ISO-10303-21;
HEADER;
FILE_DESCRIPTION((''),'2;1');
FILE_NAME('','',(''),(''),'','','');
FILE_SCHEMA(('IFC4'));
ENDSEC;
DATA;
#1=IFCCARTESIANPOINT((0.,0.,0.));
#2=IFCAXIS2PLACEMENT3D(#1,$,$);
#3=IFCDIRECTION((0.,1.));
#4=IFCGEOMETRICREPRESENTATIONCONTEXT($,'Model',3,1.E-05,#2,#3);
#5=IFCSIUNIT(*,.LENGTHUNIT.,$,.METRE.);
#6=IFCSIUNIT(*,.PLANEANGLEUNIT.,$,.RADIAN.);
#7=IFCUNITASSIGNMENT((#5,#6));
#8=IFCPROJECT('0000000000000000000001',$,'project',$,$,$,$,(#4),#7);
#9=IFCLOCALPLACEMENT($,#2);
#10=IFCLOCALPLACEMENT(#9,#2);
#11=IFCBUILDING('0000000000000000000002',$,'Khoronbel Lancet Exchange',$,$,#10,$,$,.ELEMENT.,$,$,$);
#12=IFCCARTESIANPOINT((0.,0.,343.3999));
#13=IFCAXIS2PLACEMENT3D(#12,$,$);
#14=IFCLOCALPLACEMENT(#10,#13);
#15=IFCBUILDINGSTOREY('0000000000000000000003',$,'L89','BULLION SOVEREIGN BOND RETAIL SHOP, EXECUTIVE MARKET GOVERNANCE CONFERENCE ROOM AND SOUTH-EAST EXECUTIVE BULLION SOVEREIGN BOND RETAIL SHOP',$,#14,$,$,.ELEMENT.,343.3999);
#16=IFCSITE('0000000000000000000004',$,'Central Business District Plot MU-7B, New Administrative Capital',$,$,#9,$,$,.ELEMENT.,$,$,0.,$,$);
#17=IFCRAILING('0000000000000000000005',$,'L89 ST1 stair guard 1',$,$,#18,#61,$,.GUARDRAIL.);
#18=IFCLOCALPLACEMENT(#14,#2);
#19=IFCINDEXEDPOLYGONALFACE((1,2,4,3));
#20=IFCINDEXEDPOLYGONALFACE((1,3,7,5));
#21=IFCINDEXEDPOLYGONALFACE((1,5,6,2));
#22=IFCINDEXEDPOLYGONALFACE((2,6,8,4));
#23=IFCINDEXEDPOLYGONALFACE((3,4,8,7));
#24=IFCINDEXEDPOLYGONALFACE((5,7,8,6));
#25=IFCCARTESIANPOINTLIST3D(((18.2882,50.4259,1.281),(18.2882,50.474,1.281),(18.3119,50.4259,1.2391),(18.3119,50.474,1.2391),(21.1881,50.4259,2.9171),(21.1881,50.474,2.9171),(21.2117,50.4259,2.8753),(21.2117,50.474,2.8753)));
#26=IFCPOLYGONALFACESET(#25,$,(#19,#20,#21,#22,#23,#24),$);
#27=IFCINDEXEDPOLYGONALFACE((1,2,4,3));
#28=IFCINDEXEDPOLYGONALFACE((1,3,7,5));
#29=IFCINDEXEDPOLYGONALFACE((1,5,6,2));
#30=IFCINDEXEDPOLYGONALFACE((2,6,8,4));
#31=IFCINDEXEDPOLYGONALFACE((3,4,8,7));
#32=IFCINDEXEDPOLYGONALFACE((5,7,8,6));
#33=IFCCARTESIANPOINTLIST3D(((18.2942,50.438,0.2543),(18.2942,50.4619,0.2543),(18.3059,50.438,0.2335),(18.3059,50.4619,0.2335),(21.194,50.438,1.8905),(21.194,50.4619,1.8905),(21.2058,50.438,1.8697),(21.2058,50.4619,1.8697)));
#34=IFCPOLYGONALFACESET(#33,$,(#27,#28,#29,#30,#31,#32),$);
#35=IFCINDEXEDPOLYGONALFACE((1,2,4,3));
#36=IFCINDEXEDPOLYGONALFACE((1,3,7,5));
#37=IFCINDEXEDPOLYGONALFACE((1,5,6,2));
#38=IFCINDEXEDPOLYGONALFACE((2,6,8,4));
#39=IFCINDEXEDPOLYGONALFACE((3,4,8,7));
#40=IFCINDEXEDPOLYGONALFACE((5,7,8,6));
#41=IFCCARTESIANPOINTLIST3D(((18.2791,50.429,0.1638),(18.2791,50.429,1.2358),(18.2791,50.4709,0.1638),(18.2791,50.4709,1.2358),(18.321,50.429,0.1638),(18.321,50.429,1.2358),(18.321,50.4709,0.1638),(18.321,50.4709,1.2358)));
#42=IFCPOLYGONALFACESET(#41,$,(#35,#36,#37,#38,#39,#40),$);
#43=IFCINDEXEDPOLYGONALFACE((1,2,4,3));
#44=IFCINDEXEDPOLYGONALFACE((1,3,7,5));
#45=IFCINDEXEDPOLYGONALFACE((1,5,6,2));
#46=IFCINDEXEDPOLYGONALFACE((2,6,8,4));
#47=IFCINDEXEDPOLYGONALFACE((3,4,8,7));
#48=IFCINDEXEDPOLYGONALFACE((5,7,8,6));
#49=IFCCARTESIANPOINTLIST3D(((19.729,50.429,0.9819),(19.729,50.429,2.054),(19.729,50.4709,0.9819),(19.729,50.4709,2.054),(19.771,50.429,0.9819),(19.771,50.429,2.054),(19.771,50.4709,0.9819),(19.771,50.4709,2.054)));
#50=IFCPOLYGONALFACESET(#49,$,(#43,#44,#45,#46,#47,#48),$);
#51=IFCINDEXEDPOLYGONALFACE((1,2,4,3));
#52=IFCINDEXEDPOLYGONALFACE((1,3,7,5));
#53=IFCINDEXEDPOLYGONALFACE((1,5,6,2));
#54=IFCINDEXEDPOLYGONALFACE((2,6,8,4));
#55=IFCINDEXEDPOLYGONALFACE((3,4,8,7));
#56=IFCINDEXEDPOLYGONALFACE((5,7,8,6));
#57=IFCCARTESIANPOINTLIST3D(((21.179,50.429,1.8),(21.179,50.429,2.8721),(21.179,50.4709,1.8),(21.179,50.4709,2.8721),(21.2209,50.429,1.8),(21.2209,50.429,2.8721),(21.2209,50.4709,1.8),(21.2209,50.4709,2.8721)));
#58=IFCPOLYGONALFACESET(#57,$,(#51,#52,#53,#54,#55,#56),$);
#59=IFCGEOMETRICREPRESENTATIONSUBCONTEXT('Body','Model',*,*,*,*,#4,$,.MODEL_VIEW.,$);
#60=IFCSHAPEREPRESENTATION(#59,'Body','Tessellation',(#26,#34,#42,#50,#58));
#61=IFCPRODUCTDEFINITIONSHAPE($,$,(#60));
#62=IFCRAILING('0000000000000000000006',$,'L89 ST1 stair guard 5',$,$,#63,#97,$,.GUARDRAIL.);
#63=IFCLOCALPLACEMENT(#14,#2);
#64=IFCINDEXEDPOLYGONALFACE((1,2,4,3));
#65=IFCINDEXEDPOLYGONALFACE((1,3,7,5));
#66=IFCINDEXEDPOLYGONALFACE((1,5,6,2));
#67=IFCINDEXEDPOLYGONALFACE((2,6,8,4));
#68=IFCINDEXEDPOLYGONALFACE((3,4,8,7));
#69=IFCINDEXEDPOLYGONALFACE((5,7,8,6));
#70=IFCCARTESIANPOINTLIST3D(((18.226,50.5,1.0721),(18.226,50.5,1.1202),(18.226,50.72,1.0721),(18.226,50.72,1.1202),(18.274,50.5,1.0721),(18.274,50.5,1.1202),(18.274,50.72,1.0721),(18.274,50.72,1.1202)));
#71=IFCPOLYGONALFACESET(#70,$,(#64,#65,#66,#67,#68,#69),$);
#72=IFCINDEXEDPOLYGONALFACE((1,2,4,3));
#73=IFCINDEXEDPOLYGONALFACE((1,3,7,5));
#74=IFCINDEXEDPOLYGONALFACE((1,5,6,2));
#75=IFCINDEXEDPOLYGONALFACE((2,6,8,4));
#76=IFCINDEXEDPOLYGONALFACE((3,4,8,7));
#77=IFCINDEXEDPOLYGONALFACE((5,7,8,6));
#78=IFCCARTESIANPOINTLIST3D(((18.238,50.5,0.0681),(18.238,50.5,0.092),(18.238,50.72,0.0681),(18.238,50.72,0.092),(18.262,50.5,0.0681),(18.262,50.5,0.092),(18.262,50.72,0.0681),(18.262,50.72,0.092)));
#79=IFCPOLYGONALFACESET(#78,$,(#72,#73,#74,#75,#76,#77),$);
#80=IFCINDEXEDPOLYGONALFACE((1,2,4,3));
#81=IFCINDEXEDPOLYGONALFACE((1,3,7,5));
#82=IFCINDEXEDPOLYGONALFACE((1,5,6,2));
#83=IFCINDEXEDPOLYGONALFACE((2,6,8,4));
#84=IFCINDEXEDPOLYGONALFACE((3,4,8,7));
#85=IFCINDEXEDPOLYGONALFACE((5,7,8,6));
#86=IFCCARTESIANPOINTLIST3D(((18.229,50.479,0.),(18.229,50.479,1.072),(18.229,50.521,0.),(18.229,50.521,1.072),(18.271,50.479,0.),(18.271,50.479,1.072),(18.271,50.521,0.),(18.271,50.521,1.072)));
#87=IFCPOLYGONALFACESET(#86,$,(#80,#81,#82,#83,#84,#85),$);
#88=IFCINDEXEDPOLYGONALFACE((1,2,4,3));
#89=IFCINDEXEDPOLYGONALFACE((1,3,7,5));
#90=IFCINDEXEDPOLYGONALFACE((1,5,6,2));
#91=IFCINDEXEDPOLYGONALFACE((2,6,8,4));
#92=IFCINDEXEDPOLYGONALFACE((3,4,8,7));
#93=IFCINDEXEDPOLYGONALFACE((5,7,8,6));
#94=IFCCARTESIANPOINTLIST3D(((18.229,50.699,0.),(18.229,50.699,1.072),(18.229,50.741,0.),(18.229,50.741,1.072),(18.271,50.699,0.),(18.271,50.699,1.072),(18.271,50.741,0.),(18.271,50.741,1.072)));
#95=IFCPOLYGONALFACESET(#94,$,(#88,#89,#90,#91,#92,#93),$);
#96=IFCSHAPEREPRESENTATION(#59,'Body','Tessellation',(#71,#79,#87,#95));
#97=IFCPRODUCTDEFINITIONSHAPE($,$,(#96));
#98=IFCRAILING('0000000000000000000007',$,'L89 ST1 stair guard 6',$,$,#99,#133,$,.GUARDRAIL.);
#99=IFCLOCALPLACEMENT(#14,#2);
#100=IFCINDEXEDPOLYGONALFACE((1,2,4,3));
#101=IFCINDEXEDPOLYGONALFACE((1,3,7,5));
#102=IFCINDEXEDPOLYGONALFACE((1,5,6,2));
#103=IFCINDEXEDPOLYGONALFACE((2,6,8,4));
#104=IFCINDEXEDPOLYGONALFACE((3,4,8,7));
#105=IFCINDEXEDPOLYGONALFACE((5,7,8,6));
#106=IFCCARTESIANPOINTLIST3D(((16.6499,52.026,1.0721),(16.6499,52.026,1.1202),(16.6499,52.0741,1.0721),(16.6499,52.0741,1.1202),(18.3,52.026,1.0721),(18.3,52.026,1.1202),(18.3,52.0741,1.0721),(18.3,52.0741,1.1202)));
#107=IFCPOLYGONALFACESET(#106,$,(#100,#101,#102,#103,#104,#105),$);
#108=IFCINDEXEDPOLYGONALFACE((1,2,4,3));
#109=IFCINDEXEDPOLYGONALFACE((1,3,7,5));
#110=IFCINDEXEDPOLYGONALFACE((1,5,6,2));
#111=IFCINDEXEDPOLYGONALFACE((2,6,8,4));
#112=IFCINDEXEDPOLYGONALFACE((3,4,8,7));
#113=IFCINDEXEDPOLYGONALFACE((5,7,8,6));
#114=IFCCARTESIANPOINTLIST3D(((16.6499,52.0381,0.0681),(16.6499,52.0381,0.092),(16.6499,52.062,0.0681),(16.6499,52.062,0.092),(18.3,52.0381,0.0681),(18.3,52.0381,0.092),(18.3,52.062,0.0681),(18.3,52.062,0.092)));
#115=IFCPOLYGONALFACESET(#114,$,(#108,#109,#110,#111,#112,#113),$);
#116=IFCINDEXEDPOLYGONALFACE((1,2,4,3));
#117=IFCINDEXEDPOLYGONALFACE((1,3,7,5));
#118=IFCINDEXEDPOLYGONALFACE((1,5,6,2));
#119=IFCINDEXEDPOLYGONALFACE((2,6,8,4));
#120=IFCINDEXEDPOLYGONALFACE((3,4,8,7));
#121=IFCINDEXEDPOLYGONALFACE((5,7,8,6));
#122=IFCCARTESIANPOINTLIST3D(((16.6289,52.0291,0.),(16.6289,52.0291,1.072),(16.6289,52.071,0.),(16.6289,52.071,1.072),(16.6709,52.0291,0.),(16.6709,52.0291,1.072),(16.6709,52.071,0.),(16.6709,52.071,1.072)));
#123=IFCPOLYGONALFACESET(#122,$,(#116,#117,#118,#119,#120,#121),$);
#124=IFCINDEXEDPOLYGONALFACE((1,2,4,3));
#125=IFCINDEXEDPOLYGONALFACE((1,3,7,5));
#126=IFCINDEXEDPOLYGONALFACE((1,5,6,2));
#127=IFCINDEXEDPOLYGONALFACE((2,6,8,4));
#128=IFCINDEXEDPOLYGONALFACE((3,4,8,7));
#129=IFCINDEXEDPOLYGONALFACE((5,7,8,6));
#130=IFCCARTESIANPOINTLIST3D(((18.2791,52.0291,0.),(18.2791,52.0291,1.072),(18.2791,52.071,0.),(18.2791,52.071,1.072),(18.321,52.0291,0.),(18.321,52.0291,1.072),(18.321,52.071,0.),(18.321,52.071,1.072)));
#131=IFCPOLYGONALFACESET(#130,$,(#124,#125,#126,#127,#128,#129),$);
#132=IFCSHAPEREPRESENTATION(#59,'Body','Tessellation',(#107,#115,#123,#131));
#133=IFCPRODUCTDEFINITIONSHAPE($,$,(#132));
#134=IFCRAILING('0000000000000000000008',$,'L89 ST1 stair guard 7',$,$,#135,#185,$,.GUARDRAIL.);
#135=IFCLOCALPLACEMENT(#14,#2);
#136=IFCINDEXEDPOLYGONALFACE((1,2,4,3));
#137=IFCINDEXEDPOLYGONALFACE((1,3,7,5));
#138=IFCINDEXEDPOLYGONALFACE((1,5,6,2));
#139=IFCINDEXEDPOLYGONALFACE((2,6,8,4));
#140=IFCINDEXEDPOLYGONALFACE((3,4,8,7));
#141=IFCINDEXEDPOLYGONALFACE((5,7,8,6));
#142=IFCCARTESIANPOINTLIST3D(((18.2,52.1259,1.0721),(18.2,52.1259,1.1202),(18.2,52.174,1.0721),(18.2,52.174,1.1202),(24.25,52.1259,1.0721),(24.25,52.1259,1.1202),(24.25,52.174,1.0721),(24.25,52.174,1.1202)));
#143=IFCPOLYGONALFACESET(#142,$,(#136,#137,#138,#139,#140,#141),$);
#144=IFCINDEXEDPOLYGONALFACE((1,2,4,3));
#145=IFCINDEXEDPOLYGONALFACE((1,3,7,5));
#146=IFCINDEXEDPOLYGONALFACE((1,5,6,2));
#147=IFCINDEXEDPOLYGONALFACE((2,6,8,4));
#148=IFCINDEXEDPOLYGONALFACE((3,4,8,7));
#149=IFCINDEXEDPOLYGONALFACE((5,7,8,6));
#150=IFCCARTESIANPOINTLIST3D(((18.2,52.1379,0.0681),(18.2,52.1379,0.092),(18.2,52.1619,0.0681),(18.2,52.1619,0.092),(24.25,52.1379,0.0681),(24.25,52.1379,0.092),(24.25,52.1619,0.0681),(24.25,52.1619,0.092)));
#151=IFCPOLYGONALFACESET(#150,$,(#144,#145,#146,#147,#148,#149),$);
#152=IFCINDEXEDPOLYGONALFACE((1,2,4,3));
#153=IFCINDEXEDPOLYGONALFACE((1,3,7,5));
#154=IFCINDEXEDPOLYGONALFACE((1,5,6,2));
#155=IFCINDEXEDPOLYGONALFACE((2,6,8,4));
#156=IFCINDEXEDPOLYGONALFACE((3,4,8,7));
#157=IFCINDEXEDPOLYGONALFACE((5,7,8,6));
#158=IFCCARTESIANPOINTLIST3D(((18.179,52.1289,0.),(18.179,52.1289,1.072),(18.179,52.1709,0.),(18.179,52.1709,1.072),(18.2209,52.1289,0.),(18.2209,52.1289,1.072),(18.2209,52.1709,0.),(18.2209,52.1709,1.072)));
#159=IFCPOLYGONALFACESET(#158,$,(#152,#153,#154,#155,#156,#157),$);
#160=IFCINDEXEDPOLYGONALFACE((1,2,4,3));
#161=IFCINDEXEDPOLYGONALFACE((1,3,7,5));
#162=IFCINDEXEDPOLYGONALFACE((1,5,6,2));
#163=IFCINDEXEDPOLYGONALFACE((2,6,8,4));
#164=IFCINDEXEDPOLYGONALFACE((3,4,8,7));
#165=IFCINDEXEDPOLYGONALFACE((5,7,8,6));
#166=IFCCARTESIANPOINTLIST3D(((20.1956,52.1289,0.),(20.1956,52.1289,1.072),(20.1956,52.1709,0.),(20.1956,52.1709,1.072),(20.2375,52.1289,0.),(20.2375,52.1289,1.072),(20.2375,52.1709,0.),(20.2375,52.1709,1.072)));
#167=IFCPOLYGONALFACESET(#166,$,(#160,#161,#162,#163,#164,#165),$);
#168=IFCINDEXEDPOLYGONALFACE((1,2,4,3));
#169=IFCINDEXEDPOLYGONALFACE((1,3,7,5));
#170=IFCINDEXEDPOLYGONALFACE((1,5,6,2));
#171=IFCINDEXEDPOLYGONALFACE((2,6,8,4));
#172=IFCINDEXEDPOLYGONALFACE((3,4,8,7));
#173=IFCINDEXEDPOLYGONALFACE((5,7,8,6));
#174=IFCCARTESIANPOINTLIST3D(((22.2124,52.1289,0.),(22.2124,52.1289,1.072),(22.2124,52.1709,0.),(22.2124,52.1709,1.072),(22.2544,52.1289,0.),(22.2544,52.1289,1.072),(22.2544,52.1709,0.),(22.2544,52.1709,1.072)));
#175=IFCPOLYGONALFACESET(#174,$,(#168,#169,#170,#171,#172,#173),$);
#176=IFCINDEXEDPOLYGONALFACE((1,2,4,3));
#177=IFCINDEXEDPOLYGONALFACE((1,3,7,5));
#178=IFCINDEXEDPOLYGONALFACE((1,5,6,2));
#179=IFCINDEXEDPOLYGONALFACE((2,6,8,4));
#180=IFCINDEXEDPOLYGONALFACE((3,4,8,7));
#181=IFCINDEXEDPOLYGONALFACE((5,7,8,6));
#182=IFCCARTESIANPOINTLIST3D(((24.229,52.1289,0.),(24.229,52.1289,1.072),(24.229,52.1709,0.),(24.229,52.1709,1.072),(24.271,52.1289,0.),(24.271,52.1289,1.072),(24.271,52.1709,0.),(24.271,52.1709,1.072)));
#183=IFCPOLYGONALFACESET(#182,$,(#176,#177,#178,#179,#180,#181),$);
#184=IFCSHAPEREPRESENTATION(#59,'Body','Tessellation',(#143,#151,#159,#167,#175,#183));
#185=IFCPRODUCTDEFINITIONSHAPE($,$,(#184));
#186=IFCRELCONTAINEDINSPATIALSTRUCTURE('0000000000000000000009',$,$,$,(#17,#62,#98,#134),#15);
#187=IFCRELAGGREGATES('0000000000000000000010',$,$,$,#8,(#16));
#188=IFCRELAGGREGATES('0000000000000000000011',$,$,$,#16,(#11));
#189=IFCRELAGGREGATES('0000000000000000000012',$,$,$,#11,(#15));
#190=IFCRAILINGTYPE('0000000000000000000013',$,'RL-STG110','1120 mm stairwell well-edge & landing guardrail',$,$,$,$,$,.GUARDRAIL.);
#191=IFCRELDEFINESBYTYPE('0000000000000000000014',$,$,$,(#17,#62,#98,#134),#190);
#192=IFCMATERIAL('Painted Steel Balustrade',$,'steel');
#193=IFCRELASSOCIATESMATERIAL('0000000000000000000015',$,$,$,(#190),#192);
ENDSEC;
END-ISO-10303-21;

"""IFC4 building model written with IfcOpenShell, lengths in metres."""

from ifc_helpers import new_model, si_unit, direction, frame, origin, origin_2d, place, context, subcontext, project, spatial, rectangle, extrude, material, type_object, element, save


model = new_model("IFC4")

# Units and contexts
model_context = context("Model", 3, precision=1e-05, world=origin(), true_north=direction((0.0, 1.0)))
body_context = subcontext(model_context, "Body", "Model", "MODEL_VIEW")
ifc_project = project(units=[si_unit("LENGTHUNIT", "METRE"), si_unit("PLANEANGLEUNIT", "RADIAN")], contexts=[model_context])

# Site, building, storey
site_placement = place(None, origin())
site = spatial("IfcSite", under=ifc_project, at=site_placement, Name="Central Business District Plot MU-7B, New Administrative Capital", CompositionType="ELEMENT", RefElevation=0.0)
building_placement = place(site_placement, origin())
building = spatial("IfcBuilding", under=site, at=building_placement, Name="Khoronbel Lancet Exchange", CompositionType="ELEMENT")
storey_placement = place(building_placement, frame((0.0, 0.0, 343.3999)))
storey = spatial("IfcBuildingStorey", under=building, at=storey_placement, Name="L89", Description="BULLION SOVEREIGN BOND RETAIL SHOP, EXECUTIVE MARKET GOVERNANCE CONFERENCE ROOM AND SOUTH-EAST EXECUTIVE BULLION SOVEREIGN BOND RETAIL SHOP", CompositionType="ELEMENT", Elevation=343.3999)

# Railings
ifc_material_1 = material(Name="Painted Steel Balustrade", Category="steel")
railing_type = type_object("IfcRailingType", Name="RL-STG110", Description="1120 mm stairwell well-edge & landing guardrail", PredefinedType="GUARDRAIL", material=ifc_material_1)
railing_1_placement = place(storey_placement, frame((18.3, 50.45, 0.1638)))
element("IfcRailing", 1, at=railing_1_placement, inside=storey, type_object=railing_type, Name="L89 ST1 stair guard 1", PredefinedType="GUARDRAIL", context=body_context, shape_type="SweptSolid", body=[
    extrude(rectangle(XDim=0.0481, YDim=0.0481, at=origin_2d()), frame((0.0, 0.0, 1.0962), z_axis=(0.870929, 0.0, 0.49141), x_axis=(0.0, 1.0, 0.0)), (0.0, 0.0, 1.0), 3.3296),
    extrude(rectangle(XDim=0.0239, YDim=0.0239, at=origin_2d()), frame((0.0, 0.0, 0.0801), z_axis=(0.870929, 0.0, 0.49141), x_axis=(0.0, 1.0, 0.0)), (0.0, 0.0, 1.0), 3.3296),
    extrude(rectangle(XDim=0.042, YDim=0.042, at=origin_2d()), origin(), (0.0, 0.0, 1.0), 1.072),
    extrude(rectangle(XDim=0.042, YDim=0.042, at=origin_2d()), frame((1.45, 0.0, 0.8181)), (0.0, 0.0, 1.0), 1.072),
    extrude(rectangle(XDim=0.042, YDim=0.042, at=origin_2d()), frame((2.8999, 0.0, 1.6362)), (0.0, 0.0, 1.0), 1.072),
])
railing_2_placement = place(storey_placement, frame((18.25, 50.5, 0.0)))
element("IfcRailing", 2, at=railing_2_placement, inside=storey, type_object=railing_type, Name="L89 ST1 stair guard 5", PredefinedType="GUARDRAIL", context=body_context, shape_type="SweptSolid", body=[
    extrude(rectangle(XDim=0.0481, YDim=0.0481, at=origin_2d()), frame((0.0, 0.0, 1.0962), z_axis=(0.0, 1.0, 0.0), x_axis=(-1.0, 0.0, 0.0)), (0.0, 0.0, 1.0), 0.22),
    extrude(rectangle(XDim=0.0239, YDim=0.0239, at=origin_2d()), frame((0.0, 0.0, 0.0801), z_axis=(0.0, 1.0, 0.0), x_axis=(-1.0, 0.0, 0.0)), (0.0, 0.0, 1.0), 0.22),
    extrude(rectangle(XDim=0.042, YDim=0.042, at=origin_2d()), origin(), (0.0, 0.0, 1.0), 1.072),
    extrude(rectangle(XDim=0.042, YDim=0.042, at=origin_2d()), frame((0.0, 0.22, 0.0)), (0.0, 0.0, 1.0), 1.072),
])
railing_3_placement = place(storey_placement, frame((16.6499, 52.05, 0.0)))
element("IfcRailing", 3, at=railing_3_placement, inside=storey, type_object=railing_type, Name="L89 ST1 stair guard 6", PredefinedType="GUARDRAIL", context=body_context, shape_type="SweptSolid", body=[
    extrude(rectangle(XDim=0.0481, YDim=0.0481, at=origin_2d()), frame((0.0, 0.0, 1.0962), z_axis=(1.0, 0.0, 0.0), x_axis=(0.0, 1.0, 0.0)), (0.0, 0.0, 1.0), 1.6501),
    extrude(rectangle(XDim=0.0239, YDim=0.0239, at=origin_2d()), frame((0.0, 0.0, 0.0801), z_axis=(1.0, 0.0, 0.0), x_axis=(0.0, 1.0, 0.0)), (0.0, 0.0, 1.0), 1.6501),
    extrude(rectangle(XDim=0.042, YDim=0.042, at=origin_2d()), origin(), (0.0, 0.0, 1.0), 1.072),
    extrude(rectangle(XDim=0.042, YDim=0.042, at=origin_2d()), frame((1.6501, 0.0, 0.0)), (0.0, 0.0, 1.0), 1.072),
])
railing_4_placement = place(storey_placement, frame((18.2, 52.1499, 0.0)))
element("IfcRailing", 4, at=railing_4_placement, inside=storey, type_object=railing_type, Name="L89 ST1 stair guard 7", PredefinedType="GUARDRAIL", context=body_context, shape_type="SweptSolid", body=[
    extrude(rectangle(XDim=0.0481, YDim=0.0481, at=origin_2d()), frame((0.0, 0.0, 1.0962), z_axis=(1.0, 0.0, 0.0), x_axis=(0.0, 1.0, 0.0)), (0.0, 0.0, 1.0), 6.05),
    extrude(rectangle(XDim=0.0239, YDim=0.0239, at=origin_2d()), frame((0.0, 0.0, 0.0801), z_axis=(1.0, 0.0, 0.0), x_axis=(0.0, 1.0, 0.0)), (0.0, 0.0, 1.0), 6.05),
    extrude(rectangle(XDim=0.042, YDim=0.042, at=origin_2d()), origin(), (0.0, 0.0, 1.0), 1.072),
    extrude(rectangle(XDim=0.042, YDim=0.042, at=origin_2d()), frame((2.0166, 0.0, 0.0)), (0.0, 0.0, 1.0), 1.072),
    extrude(rectangle(XDim=0.042, YDim=0.042, at=origin_2d()), frame((4.0334, 0.0, 0.0)), (0.0, 0.0, 1.0), 1.072),
    extrude(rectangle(XDim=0.042, YDim=0.042, at=origin_2d()), frame((6.05, 0.0, 0.0)), (0.0, 0.0, 1.0), 1.072),
])

save(model, "model.ifc")
